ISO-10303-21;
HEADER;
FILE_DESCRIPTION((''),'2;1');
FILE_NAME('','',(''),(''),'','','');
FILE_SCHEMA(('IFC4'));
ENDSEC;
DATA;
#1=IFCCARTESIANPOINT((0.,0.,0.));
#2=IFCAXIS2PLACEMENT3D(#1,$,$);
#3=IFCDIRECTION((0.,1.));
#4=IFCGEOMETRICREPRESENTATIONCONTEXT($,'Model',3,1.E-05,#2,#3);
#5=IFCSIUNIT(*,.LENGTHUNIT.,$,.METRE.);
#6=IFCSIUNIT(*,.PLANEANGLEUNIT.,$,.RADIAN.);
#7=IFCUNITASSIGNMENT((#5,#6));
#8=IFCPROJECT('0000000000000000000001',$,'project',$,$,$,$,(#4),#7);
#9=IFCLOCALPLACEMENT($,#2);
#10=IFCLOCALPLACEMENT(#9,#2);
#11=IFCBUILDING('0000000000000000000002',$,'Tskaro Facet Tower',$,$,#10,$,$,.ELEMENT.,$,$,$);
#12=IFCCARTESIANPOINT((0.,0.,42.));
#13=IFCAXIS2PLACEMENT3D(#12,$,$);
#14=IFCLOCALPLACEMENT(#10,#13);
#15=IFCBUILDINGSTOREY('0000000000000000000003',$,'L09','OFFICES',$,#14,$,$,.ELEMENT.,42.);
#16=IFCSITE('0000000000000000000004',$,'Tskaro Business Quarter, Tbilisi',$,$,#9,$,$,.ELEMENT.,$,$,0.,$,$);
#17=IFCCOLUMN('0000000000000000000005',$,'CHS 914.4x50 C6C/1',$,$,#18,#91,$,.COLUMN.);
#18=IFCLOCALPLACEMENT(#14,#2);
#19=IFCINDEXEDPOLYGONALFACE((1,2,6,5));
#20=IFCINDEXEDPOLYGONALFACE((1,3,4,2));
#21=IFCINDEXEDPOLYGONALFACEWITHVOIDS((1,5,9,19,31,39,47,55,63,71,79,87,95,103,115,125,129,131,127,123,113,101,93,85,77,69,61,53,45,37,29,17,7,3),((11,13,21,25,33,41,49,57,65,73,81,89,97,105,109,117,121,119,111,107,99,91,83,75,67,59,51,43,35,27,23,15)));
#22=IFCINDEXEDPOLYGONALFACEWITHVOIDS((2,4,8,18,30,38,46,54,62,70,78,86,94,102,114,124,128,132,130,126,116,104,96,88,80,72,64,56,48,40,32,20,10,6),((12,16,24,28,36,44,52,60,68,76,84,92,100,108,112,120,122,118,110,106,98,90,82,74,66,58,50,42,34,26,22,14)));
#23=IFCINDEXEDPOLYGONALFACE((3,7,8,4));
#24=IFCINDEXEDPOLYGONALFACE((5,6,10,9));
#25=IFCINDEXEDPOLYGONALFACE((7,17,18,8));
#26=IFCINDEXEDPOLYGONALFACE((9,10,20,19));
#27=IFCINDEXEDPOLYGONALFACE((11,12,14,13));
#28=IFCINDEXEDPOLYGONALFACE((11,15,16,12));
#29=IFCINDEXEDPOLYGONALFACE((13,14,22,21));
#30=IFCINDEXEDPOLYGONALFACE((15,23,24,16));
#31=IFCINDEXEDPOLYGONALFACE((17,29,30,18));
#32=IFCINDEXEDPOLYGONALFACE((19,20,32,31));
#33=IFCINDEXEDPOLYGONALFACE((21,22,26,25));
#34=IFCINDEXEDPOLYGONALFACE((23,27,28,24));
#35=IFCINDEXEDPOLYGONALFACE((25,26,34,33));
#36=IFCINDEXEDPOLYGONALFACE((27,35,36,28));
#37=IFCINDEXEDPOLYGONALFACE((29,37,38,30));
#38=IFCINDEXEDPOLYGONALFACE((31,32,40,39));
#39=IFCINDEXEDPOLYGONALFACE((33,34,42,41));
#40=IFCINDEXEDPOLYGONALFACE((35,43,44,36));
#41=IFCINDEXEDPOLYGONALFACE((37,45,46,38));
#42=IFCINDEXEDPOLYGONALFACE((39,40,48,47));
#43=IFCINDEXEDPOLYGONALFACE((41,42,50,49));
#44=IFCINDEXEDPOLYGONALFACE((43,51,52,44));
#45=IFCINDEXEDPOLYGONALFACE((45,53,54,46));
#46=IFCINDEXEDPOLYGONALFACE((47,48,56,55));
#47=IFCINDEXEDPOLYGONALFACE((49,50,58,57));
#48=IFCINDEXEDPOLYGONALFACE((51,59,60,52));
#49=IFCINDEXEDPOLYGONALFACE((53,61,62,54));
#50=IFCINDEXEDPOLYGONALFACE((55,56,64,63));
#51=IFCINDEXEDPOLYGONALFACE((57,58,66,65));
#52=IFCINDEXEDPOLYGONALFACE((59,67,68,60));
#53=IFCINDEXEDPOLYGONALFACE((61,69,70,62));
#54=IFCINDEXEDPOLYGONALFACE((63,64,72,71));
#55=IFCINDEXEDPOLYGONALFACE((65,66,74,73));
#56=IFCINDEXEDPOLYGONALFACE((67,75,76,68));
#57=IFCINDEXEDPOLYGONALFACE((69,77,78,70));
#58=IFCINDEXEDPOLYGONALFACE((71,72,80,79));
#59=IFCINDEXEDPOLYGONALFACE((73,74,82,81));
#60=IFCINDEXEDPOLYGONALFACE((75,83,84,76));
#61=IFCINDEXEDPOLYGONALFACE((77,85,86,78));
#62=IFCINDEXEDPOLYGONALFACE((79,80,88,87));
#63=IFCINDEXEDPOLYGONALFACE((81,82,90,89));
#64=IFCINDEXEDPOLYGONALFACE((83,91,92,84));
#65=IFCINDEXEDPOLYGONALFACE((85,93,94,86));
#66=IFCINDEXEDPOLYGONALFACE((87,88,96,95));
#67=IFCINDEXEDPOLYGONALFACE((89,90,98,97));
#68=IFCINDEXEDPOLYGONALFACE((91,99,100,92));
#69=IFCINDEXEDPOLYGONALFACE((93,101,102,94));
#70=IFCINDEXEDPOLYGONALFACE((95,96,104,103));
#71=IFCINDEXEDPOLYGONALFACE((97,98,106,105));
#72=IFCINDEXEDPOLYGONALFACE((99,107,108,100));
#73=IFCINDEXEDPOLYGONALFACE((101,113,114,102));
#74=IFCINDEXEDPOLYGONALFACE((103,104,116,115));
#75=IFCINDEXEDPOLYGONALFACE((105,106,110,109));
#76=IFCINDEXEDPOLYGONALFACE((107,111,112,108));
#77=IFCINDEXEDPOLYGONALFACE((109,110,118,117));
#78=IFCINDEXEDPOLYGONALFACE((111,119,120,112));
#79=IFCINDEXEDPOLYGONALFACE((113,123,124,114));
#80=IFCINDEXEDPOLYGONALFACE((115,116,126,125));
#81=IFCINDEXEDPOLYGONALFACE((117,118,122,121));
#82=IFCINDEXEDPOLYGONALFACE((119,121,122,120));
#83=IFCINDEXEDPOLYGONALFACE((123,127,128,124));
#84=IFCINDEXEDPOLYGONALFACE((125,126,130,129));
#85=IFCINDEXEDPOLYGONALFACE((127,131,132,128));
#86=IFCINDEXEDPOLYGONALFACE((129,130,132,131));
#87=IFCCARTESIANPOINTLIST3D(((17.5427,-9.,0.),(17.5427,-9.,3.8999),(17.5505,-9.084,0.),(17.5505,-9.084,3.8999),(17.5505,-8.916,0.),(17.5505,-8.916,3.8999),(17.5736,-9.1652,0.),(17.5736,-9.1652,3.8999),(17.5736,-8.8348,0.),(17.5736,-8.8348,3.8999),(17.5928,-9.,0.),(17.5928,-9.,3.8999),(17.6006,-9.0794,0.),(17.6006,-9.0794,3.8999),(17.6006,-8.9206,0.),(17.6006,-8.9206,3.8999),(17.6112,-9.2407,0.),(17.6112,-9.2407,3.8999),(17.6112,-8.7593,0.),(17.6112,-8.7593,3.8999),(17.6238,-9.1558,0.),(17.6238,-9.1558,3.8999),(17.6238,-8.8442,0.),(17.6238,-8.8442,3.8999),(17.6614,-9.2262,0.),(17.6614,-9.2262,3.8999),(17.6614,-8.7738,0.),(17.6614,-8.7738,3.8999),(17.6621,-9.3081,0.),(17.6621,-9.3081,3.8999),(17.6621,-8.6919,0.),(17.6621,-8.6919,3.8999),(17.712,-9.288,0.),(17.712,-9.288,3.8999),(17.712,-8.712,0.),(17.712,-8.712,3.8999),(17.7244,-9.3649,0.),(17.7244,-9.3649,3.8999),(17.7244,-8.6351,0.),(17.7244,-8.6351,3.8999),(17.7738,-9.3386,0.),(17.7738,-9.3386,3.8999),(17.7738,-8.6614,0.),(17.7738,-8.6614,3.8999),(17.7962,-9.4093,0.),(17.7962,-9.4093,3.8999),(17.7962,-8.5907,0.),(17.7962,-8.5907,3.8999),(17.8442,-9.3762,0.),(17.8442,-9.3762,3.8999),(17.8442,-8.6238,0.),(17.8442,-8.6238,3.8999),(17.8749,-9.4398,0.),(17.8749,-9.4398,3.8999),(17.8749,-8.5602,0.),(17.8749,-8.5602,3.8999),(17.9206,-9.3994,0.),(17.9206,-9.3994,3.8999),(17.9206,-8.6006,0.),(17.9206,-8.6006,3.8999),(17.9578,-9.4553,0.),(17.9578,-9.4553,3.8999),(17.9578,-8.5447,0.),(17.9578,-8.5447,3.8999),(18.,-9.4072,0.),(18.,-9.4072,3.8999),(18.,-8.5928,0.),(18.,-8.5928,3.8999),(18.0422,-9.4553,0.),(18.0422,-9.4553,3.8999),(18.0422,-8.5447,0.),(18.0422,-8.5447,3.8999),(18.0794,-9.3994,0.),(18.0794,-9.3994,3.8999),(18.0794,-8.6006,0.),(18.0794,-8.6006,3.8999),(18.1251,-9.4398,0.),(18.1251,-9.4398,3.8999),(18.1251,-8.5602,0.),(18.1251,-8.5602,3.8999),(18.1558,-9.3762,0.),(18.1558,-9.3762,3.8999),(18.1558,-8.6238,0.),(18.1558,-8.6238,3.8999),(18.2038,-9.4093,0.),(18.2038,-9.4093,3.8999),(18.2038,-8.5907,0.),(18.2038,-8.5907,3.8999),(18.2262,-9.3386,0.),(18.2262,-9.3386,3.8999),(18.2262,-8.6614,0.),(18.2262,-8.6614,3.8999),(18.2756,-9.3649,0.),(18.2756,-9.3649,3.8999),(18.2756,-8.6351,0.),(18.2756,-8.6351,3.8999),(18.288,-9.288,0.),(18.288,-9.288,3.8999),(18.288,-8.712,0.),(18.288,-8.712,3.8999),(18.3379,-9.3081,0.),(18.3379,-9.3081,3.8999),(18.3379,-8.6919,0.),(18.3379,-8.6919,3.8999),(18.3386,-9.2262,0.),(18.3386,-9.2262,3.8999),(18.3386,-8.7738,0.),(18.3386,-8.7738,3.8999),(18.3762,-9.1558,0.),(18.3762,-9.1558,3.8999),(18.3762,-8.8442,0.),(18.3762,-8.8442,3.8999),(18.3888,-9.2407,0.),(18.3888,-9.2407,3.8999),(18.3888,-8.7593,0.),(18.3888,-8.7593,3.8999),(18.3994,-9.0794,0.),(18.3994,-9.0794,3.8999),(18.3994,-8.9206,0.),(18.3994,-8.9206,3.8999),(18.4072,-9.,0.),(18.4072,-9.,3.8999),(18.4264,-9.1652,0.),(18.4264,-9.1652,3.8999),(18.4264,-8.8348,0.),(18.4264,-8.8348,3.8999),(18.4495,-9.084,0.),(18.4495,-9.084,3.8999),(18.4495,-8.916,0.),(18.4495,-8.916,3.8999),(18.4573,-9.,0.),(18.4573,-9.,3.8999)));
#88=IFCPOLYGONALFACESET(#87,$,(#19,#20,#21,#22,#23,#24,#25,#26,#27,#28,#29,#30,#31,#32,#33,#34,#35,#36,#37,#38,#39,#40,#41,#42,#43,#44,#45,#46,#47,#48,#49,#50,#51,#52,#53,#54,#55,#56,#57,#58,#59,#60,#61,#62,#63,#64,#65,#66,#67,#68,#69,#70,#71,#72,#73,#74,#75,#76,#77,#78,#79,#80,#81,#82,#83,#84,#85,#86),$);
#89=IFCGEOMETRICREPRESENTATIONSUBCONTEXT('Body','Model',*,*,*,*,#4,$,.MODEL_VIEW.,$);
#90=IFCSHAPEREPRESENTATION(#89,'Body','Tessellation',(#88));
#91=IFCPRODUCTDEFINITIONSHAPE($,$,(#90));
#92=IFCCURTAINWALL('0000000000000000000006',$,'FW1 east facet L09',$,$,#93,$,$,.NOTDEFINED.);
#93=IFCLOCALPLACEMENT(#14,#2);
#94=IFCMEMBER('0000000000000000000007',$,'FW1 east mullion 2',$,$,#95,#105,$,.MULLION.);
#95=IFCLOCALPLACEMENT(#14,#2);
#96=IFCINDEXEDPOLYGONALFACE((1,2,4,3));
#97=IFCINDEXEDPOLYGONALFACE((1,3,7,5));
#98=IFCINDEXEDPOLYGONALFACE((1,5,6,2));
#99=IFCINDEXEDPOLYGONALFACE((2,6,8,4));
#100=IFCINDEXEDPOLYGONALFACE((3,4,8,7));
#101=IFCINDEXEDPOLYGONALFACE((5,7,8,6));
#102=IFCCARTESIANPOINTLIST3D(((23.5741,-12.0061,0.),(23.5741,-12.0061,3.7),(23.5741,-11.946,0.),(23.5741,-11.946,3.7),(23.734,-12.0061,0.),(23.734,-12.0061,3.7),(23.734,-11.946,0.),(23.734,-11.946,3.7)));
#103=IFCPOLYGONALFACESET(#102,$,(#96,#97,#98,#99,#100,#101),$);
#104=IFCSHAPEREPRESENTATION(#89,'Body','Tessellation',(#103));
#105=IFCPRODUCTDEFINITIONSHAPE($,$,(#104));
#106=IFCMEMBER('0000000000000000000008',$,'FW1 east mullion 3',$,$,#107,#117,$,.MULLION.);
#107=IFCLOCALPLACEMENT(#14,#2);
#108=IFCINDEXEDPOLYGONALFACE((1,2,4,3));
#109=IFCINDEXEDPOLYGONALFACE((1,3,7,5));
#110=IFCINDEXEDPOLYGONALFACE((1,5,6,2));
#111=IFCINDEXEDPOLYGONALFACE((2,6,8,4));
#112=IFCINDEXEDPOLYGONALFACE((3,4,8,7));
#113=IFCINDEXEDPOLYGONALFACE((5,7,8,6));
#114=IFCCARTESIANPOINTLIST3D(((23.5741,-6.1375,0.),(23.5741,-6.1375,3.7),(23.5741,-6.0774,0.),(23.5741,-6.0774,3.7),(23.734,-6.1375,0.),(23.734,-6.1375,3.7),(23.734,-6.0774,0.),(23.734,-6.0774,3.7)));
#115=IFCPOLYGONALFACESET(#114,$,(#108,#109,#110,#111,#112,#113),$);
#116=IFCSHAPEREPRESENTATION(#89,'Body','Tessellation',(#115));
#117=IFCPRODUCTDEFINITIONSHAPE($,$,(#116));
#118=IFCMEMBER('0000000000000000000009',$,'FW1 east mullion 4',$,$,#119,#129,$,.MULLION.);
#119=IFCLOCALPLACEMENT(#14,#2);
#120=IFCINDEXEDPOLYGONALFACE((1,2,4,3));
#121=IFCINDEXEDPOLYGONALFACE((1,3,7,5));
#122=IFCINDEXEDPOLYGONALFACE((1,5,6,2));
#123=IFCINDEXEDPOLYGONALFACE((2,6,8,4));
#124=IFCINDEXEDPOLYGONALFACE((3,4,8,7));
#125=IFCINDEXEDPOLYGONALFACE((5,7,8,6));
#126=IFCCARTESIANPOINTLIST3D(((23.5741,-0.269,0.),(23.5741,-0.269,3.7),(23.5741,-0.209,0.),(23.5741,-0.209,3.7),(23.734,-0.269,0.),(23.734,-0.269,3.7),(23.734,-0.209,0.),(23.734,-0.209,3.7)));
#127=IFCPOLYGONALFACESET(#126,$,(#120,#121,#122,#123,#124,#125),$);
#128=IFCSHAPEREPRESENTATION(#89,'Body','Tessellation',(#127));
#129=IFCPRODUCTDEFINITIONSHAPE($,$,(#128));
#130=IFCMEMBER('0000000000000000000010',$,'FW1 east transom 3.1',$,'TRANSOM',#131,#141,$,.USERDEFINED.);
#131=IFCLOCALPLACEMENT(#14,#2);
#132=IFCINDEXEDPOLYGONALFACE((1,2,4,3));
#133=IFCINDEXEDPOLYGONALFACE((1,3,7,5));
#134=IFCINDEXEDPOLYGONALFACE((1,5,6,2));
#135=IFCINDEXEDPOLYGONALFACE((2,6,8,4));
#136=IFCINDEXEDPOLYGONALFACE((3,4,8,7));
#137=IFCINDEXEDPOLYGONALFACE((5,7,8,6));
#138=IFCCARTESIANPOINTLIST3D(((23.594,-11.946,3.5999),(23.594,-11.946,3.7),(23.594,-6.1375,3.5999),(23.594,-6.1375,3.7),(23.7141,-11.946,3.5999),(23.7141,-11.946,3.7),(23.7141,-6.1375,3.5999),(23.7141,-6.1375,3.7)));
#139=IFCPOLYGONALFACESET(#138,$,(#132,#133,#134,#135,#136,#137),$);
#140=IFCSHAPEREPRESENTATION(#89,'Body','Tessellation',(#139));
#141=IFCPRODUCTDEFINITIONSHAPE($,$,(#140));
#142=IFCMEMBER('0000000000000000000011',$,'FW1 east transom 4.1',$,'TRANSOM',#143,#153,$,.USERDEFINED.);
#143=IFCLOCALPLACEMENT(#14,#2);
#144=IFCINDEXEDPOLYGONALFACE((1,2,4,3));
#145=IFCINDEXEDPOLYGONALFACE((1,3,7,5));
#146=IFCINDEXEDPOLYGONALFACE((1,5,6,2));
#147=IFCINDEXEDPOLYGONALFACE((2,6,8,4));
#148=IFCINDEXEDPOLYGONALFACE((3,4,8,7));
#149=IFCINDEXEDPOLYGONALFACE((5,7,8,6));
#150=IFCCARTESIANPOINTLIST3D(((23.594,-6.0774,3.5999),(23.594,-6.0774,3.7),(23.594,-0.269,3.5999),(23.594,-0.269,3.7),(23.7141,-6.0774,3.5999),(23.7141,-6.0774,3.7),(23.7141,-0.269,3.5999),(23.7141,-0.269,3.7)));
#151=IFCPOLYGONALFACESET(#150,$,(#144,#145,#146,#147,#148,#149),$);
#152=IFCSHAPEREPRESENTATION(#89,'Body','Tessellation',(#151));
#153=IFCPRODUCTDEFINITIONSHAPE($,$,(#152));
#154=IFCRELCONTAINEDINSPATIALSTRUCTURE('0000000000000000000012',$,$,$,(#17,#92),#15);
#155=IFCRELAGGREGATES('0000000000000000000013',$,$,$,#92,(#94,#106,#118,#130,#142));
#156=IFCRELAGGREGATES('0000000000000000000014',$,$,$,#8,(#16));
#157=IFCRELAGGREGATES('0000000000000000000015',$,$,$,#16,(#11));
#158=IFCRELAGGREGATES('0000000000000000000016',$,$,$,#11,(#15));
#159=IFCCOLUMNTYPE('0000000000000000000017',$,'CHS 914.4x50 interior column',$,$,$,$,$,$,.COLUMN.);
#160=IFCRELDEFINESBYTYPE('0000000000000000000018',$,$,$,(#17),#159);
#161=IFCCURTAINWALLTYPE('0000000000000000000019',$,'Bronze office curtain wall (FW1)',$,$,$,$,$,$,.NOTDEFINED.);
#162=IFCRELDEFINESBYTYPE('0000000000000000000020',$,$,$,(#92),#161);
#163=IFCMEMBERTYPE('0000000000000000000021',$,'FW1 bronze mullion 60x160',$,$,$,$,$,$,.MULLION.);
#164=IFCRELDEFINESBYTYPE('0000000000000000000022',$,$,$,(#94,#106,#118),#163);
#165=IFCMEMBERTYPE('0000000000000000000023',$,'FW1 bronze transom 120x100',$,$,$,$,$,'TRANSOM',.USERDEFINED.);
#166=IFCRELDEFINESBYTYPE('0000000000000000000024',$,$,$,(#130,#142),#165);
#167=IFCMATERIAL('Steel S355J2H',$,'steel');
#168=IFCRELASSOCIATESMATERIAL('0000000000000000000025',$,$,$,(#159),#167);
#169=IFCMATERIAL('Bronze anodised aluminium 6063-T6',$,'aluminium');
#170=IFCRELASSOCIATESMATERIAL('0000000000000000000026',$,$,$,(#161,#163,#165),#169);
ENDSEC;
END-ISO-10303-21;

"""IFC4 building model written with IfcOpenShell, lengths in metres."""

from ifc_helpers import new_model, si_unit, direction, frame, origin, origin_2d, place, context, subcontext, project, spatial, rectangle, hollow_circle, extrude, material, material_profile, profile_set, type_object, element, aggregate, save


model = new_model("IFC4")

# Units and contexts
model_context = context("Model", 3, precision=1e-05, world=origin(), true_north=direction((0.0, 1.0)))
body_context = subcontext(model_context, "Body", "Model", "MODEL_VIEW")
ifc_project = project(units=[si_unit("LENGTHUNIT", "METRE"), si_unit("PLANEANGLEUNIT", "RADIAN")], contexts=[model_context])

# Site, building, storey
site_placement = place(None, origin())
site = spatial("IfcSite", under=ifc_project, at=site_placement, Name="Tskaro Business Quarter, Tbilisi", CompositionType="ELEMENT", RefElevation=0.0)
building_placement = place(site_placement, origin())
building = spatial("IfcBuilding", under=site, at=building_placement, Name="Tskaro Facet Tower", CompositionType="ELEMENT")
storey_placement = place(building_placement, frame((0.0, 0.0, 42.0)))
storey = spatial("IfcBuildingStorey", under=building, at=storey_placement, Name="L09", Description="OFFICES", CompositionType="ELEMENT", Elevation=42.0)

# Column
ifc_material_1 = material(Name="Steel S355J2H", Category="steel")
ifc_material_profile_1 = material_profile(ifc_material_1, hollow_circle(Radius=0.4573, WallThickness=0.05, at=origin_2d()), Name="CHS 914.4x50")
ifc_profile_set_1 = profile_set([ifc_material_profile_1], Name="Steel S355J2H")
column_type_1 = type_object("IfcColumnType", Name="CHS 914.4x50 interior column", PredefinedType="COLUMN", material=ifc_profile_set_1)
column_1_placement = place(storey_placement, frame((18.0, -9.0, 0.0), z_axis=(0.0, 0.0, 1.0), x_axis=(1.0, 0.0, 0.0)))
element("IfcColumn", 1, at=column_1_placement, inside=storey, type_object=column_type_1, Name="CHS 914.4x50 C6C/1", PredefinedType="COLUMN", context=body_context, shape_type="SweptSolid", body=[
    extrude(hollow_circle(Radius=0.4573, WallThickness=0.05, at=origin_2d()), origin(), (0.0, 0.0, 1.0), 3.8999),
])

# Curtain wall, members
ifc_material_2 = material(Name="Bronze anodised aluminium 6063-T6", Category="aluminium")
curtain_wall_type = type_object("IfcCurtainWallType", Name="Bronze office curtain wall (FW1)", PredefinedType="NOTDEFINED", material=ifc_material_2)
curtain_wall_placement = place(storey_placement, origin())
curtain_wall = element("IfcCurtainWall", 2, at=curtain_wall_placement, inside=storey, type_object=curtain_wall_type, Name="FW1 east facet L09", PredefinedType="NOTDEFINED")
ifc_material_profile_2 = material_profile(ifc_material_2, rectangle(XDim=0.0601, YDim=0.1599, at=origin_2d()), Name="Mullion 60x160")
ifc_profile_set_2 = profile_set([ifc_material_profile_2], Name="Bronze anodised aluminium 6063-T6")
member_type_1 = type_object("IfcMemberType", Name="FW1 bronze mullion 60x160", PredefinedType="MULLION", material=ifc_profile_set_2)
member_1_placement = place(storey_placement, frame((23.6541, -11.9761, 0.0), z_axis=(0.0, 0.0, 1.0), x_axis=(0.0, 1.0, 0.0)))
member_1 = element("IfcMember", 3, at=member_1_placement, type_object=member_type_1, Name="FW1 east mullion 2", PredefinedType="MULLION", context=body_context, shape_type="SweptSolid", body=[
    extrude(rectangle(XDim=0.0601, YDim=0.1599, at=origin_2d()), origin(), (0.0, 0.0, 1.0), 3.7),
])
member_2_placement = place(storey_placement, frame((23.6541, -6.1074, 0.0), z_axis=(0.0, 0.0, 1.0), x_axis=(0.0, 1.0, 0.0)))
member_2 = element("IfcMember", 4, at=member_2_placement, type_object=member_type_1, Name="FW1 east mullion 3", PredefinedType="MULLION", context=body_context, shape_type="SweptSolid", body=[
    extrude(rectangle(XDim=0.0601, YDim=0.1599, at=origin_2d()), origin(), (0.0, 0.0, 1.0), 3.7),
])
member_3_placement = place(storey_placement, frame((23.6541, -0.239, 0.0), z_axis=(0.0, 0.0, 1.0), x_axis=(0.0, 1.0, 0.0)))
member_3 = element("IfcMember", 5, at=member_3_placement, type_object=member_type_1, Name="FW1 east mullion 4", PredefinedType="MULLION", context=body_context, shape_type="SweptSolid", body=[
    extrude(rectangle(XDim=0.0601, YDim=0.1599, at=origin_2d()), origin(), (0.0, 0.0, 1.0), 3.7),
])
ifc_material_profile_3 = material_profile(ifc_material_2, rectangle(XDim=0.1201, YDim=0.1001, at=origin_2d()), Name="Transom 120x100")
ifc_profile_set_3 = profile_set([ifc_material_profile_3], Name="Bronze anodised aluminium 6063-T6")
member_type_2 = type_object("IfcMemberType", Name="FW1 bronze transom 120x100", ElementType="TRANSOM", PredefinedType="USERDEFINED", material=ifc_profile_set_3)
member_4_placement = place(storey_placement, frame((23.6541, -11.946, 3.6499), z_axis=(0.0, 1.0, 0.0), x_axis=(-1.0, 0.0, 0.0)))
member_4 = element("IfcMember", 6, at=member_4_placement, type_object=member_type_2, Name="FW1 east transom 3.1", ObjectType="TRANSOM", PredefinedType="USERDEFINED", context=body_context, shape_type="SweptSolid", body=[
    extrude(rectangle(XDim=0.1201, YDim=0.1001, at=origin_2d()), origin(), (0.0, 0.0, 1.0), 5.8086),
])
member_5_placement = place(storey_placement, frame((23.6541, -6.0774, 3.6499), z_axis=(0.0, 1.0, 0.0), x_axis=(-1.0, 0.0, 0.0)))
member_5 = element("IfcMember", 7, at=member_5_placement, type_object=member_type_2, Name="FW1 east transom 4.1", ObjectType="TRANSOM", PredefinedType="USERDEFINED", context=body_context, shape_type="SweptSolid", body=[
    extrude(rectangle(XDim=0.1201, YDim=0.1001, at=origin_2d()), origin(), (0.0, 0.0, 1.0), 5.8083),
])

aggregate(curtain_wall, [member_1, member_2, member_3, member_4, member_5])

save(model, "model.ifc")
